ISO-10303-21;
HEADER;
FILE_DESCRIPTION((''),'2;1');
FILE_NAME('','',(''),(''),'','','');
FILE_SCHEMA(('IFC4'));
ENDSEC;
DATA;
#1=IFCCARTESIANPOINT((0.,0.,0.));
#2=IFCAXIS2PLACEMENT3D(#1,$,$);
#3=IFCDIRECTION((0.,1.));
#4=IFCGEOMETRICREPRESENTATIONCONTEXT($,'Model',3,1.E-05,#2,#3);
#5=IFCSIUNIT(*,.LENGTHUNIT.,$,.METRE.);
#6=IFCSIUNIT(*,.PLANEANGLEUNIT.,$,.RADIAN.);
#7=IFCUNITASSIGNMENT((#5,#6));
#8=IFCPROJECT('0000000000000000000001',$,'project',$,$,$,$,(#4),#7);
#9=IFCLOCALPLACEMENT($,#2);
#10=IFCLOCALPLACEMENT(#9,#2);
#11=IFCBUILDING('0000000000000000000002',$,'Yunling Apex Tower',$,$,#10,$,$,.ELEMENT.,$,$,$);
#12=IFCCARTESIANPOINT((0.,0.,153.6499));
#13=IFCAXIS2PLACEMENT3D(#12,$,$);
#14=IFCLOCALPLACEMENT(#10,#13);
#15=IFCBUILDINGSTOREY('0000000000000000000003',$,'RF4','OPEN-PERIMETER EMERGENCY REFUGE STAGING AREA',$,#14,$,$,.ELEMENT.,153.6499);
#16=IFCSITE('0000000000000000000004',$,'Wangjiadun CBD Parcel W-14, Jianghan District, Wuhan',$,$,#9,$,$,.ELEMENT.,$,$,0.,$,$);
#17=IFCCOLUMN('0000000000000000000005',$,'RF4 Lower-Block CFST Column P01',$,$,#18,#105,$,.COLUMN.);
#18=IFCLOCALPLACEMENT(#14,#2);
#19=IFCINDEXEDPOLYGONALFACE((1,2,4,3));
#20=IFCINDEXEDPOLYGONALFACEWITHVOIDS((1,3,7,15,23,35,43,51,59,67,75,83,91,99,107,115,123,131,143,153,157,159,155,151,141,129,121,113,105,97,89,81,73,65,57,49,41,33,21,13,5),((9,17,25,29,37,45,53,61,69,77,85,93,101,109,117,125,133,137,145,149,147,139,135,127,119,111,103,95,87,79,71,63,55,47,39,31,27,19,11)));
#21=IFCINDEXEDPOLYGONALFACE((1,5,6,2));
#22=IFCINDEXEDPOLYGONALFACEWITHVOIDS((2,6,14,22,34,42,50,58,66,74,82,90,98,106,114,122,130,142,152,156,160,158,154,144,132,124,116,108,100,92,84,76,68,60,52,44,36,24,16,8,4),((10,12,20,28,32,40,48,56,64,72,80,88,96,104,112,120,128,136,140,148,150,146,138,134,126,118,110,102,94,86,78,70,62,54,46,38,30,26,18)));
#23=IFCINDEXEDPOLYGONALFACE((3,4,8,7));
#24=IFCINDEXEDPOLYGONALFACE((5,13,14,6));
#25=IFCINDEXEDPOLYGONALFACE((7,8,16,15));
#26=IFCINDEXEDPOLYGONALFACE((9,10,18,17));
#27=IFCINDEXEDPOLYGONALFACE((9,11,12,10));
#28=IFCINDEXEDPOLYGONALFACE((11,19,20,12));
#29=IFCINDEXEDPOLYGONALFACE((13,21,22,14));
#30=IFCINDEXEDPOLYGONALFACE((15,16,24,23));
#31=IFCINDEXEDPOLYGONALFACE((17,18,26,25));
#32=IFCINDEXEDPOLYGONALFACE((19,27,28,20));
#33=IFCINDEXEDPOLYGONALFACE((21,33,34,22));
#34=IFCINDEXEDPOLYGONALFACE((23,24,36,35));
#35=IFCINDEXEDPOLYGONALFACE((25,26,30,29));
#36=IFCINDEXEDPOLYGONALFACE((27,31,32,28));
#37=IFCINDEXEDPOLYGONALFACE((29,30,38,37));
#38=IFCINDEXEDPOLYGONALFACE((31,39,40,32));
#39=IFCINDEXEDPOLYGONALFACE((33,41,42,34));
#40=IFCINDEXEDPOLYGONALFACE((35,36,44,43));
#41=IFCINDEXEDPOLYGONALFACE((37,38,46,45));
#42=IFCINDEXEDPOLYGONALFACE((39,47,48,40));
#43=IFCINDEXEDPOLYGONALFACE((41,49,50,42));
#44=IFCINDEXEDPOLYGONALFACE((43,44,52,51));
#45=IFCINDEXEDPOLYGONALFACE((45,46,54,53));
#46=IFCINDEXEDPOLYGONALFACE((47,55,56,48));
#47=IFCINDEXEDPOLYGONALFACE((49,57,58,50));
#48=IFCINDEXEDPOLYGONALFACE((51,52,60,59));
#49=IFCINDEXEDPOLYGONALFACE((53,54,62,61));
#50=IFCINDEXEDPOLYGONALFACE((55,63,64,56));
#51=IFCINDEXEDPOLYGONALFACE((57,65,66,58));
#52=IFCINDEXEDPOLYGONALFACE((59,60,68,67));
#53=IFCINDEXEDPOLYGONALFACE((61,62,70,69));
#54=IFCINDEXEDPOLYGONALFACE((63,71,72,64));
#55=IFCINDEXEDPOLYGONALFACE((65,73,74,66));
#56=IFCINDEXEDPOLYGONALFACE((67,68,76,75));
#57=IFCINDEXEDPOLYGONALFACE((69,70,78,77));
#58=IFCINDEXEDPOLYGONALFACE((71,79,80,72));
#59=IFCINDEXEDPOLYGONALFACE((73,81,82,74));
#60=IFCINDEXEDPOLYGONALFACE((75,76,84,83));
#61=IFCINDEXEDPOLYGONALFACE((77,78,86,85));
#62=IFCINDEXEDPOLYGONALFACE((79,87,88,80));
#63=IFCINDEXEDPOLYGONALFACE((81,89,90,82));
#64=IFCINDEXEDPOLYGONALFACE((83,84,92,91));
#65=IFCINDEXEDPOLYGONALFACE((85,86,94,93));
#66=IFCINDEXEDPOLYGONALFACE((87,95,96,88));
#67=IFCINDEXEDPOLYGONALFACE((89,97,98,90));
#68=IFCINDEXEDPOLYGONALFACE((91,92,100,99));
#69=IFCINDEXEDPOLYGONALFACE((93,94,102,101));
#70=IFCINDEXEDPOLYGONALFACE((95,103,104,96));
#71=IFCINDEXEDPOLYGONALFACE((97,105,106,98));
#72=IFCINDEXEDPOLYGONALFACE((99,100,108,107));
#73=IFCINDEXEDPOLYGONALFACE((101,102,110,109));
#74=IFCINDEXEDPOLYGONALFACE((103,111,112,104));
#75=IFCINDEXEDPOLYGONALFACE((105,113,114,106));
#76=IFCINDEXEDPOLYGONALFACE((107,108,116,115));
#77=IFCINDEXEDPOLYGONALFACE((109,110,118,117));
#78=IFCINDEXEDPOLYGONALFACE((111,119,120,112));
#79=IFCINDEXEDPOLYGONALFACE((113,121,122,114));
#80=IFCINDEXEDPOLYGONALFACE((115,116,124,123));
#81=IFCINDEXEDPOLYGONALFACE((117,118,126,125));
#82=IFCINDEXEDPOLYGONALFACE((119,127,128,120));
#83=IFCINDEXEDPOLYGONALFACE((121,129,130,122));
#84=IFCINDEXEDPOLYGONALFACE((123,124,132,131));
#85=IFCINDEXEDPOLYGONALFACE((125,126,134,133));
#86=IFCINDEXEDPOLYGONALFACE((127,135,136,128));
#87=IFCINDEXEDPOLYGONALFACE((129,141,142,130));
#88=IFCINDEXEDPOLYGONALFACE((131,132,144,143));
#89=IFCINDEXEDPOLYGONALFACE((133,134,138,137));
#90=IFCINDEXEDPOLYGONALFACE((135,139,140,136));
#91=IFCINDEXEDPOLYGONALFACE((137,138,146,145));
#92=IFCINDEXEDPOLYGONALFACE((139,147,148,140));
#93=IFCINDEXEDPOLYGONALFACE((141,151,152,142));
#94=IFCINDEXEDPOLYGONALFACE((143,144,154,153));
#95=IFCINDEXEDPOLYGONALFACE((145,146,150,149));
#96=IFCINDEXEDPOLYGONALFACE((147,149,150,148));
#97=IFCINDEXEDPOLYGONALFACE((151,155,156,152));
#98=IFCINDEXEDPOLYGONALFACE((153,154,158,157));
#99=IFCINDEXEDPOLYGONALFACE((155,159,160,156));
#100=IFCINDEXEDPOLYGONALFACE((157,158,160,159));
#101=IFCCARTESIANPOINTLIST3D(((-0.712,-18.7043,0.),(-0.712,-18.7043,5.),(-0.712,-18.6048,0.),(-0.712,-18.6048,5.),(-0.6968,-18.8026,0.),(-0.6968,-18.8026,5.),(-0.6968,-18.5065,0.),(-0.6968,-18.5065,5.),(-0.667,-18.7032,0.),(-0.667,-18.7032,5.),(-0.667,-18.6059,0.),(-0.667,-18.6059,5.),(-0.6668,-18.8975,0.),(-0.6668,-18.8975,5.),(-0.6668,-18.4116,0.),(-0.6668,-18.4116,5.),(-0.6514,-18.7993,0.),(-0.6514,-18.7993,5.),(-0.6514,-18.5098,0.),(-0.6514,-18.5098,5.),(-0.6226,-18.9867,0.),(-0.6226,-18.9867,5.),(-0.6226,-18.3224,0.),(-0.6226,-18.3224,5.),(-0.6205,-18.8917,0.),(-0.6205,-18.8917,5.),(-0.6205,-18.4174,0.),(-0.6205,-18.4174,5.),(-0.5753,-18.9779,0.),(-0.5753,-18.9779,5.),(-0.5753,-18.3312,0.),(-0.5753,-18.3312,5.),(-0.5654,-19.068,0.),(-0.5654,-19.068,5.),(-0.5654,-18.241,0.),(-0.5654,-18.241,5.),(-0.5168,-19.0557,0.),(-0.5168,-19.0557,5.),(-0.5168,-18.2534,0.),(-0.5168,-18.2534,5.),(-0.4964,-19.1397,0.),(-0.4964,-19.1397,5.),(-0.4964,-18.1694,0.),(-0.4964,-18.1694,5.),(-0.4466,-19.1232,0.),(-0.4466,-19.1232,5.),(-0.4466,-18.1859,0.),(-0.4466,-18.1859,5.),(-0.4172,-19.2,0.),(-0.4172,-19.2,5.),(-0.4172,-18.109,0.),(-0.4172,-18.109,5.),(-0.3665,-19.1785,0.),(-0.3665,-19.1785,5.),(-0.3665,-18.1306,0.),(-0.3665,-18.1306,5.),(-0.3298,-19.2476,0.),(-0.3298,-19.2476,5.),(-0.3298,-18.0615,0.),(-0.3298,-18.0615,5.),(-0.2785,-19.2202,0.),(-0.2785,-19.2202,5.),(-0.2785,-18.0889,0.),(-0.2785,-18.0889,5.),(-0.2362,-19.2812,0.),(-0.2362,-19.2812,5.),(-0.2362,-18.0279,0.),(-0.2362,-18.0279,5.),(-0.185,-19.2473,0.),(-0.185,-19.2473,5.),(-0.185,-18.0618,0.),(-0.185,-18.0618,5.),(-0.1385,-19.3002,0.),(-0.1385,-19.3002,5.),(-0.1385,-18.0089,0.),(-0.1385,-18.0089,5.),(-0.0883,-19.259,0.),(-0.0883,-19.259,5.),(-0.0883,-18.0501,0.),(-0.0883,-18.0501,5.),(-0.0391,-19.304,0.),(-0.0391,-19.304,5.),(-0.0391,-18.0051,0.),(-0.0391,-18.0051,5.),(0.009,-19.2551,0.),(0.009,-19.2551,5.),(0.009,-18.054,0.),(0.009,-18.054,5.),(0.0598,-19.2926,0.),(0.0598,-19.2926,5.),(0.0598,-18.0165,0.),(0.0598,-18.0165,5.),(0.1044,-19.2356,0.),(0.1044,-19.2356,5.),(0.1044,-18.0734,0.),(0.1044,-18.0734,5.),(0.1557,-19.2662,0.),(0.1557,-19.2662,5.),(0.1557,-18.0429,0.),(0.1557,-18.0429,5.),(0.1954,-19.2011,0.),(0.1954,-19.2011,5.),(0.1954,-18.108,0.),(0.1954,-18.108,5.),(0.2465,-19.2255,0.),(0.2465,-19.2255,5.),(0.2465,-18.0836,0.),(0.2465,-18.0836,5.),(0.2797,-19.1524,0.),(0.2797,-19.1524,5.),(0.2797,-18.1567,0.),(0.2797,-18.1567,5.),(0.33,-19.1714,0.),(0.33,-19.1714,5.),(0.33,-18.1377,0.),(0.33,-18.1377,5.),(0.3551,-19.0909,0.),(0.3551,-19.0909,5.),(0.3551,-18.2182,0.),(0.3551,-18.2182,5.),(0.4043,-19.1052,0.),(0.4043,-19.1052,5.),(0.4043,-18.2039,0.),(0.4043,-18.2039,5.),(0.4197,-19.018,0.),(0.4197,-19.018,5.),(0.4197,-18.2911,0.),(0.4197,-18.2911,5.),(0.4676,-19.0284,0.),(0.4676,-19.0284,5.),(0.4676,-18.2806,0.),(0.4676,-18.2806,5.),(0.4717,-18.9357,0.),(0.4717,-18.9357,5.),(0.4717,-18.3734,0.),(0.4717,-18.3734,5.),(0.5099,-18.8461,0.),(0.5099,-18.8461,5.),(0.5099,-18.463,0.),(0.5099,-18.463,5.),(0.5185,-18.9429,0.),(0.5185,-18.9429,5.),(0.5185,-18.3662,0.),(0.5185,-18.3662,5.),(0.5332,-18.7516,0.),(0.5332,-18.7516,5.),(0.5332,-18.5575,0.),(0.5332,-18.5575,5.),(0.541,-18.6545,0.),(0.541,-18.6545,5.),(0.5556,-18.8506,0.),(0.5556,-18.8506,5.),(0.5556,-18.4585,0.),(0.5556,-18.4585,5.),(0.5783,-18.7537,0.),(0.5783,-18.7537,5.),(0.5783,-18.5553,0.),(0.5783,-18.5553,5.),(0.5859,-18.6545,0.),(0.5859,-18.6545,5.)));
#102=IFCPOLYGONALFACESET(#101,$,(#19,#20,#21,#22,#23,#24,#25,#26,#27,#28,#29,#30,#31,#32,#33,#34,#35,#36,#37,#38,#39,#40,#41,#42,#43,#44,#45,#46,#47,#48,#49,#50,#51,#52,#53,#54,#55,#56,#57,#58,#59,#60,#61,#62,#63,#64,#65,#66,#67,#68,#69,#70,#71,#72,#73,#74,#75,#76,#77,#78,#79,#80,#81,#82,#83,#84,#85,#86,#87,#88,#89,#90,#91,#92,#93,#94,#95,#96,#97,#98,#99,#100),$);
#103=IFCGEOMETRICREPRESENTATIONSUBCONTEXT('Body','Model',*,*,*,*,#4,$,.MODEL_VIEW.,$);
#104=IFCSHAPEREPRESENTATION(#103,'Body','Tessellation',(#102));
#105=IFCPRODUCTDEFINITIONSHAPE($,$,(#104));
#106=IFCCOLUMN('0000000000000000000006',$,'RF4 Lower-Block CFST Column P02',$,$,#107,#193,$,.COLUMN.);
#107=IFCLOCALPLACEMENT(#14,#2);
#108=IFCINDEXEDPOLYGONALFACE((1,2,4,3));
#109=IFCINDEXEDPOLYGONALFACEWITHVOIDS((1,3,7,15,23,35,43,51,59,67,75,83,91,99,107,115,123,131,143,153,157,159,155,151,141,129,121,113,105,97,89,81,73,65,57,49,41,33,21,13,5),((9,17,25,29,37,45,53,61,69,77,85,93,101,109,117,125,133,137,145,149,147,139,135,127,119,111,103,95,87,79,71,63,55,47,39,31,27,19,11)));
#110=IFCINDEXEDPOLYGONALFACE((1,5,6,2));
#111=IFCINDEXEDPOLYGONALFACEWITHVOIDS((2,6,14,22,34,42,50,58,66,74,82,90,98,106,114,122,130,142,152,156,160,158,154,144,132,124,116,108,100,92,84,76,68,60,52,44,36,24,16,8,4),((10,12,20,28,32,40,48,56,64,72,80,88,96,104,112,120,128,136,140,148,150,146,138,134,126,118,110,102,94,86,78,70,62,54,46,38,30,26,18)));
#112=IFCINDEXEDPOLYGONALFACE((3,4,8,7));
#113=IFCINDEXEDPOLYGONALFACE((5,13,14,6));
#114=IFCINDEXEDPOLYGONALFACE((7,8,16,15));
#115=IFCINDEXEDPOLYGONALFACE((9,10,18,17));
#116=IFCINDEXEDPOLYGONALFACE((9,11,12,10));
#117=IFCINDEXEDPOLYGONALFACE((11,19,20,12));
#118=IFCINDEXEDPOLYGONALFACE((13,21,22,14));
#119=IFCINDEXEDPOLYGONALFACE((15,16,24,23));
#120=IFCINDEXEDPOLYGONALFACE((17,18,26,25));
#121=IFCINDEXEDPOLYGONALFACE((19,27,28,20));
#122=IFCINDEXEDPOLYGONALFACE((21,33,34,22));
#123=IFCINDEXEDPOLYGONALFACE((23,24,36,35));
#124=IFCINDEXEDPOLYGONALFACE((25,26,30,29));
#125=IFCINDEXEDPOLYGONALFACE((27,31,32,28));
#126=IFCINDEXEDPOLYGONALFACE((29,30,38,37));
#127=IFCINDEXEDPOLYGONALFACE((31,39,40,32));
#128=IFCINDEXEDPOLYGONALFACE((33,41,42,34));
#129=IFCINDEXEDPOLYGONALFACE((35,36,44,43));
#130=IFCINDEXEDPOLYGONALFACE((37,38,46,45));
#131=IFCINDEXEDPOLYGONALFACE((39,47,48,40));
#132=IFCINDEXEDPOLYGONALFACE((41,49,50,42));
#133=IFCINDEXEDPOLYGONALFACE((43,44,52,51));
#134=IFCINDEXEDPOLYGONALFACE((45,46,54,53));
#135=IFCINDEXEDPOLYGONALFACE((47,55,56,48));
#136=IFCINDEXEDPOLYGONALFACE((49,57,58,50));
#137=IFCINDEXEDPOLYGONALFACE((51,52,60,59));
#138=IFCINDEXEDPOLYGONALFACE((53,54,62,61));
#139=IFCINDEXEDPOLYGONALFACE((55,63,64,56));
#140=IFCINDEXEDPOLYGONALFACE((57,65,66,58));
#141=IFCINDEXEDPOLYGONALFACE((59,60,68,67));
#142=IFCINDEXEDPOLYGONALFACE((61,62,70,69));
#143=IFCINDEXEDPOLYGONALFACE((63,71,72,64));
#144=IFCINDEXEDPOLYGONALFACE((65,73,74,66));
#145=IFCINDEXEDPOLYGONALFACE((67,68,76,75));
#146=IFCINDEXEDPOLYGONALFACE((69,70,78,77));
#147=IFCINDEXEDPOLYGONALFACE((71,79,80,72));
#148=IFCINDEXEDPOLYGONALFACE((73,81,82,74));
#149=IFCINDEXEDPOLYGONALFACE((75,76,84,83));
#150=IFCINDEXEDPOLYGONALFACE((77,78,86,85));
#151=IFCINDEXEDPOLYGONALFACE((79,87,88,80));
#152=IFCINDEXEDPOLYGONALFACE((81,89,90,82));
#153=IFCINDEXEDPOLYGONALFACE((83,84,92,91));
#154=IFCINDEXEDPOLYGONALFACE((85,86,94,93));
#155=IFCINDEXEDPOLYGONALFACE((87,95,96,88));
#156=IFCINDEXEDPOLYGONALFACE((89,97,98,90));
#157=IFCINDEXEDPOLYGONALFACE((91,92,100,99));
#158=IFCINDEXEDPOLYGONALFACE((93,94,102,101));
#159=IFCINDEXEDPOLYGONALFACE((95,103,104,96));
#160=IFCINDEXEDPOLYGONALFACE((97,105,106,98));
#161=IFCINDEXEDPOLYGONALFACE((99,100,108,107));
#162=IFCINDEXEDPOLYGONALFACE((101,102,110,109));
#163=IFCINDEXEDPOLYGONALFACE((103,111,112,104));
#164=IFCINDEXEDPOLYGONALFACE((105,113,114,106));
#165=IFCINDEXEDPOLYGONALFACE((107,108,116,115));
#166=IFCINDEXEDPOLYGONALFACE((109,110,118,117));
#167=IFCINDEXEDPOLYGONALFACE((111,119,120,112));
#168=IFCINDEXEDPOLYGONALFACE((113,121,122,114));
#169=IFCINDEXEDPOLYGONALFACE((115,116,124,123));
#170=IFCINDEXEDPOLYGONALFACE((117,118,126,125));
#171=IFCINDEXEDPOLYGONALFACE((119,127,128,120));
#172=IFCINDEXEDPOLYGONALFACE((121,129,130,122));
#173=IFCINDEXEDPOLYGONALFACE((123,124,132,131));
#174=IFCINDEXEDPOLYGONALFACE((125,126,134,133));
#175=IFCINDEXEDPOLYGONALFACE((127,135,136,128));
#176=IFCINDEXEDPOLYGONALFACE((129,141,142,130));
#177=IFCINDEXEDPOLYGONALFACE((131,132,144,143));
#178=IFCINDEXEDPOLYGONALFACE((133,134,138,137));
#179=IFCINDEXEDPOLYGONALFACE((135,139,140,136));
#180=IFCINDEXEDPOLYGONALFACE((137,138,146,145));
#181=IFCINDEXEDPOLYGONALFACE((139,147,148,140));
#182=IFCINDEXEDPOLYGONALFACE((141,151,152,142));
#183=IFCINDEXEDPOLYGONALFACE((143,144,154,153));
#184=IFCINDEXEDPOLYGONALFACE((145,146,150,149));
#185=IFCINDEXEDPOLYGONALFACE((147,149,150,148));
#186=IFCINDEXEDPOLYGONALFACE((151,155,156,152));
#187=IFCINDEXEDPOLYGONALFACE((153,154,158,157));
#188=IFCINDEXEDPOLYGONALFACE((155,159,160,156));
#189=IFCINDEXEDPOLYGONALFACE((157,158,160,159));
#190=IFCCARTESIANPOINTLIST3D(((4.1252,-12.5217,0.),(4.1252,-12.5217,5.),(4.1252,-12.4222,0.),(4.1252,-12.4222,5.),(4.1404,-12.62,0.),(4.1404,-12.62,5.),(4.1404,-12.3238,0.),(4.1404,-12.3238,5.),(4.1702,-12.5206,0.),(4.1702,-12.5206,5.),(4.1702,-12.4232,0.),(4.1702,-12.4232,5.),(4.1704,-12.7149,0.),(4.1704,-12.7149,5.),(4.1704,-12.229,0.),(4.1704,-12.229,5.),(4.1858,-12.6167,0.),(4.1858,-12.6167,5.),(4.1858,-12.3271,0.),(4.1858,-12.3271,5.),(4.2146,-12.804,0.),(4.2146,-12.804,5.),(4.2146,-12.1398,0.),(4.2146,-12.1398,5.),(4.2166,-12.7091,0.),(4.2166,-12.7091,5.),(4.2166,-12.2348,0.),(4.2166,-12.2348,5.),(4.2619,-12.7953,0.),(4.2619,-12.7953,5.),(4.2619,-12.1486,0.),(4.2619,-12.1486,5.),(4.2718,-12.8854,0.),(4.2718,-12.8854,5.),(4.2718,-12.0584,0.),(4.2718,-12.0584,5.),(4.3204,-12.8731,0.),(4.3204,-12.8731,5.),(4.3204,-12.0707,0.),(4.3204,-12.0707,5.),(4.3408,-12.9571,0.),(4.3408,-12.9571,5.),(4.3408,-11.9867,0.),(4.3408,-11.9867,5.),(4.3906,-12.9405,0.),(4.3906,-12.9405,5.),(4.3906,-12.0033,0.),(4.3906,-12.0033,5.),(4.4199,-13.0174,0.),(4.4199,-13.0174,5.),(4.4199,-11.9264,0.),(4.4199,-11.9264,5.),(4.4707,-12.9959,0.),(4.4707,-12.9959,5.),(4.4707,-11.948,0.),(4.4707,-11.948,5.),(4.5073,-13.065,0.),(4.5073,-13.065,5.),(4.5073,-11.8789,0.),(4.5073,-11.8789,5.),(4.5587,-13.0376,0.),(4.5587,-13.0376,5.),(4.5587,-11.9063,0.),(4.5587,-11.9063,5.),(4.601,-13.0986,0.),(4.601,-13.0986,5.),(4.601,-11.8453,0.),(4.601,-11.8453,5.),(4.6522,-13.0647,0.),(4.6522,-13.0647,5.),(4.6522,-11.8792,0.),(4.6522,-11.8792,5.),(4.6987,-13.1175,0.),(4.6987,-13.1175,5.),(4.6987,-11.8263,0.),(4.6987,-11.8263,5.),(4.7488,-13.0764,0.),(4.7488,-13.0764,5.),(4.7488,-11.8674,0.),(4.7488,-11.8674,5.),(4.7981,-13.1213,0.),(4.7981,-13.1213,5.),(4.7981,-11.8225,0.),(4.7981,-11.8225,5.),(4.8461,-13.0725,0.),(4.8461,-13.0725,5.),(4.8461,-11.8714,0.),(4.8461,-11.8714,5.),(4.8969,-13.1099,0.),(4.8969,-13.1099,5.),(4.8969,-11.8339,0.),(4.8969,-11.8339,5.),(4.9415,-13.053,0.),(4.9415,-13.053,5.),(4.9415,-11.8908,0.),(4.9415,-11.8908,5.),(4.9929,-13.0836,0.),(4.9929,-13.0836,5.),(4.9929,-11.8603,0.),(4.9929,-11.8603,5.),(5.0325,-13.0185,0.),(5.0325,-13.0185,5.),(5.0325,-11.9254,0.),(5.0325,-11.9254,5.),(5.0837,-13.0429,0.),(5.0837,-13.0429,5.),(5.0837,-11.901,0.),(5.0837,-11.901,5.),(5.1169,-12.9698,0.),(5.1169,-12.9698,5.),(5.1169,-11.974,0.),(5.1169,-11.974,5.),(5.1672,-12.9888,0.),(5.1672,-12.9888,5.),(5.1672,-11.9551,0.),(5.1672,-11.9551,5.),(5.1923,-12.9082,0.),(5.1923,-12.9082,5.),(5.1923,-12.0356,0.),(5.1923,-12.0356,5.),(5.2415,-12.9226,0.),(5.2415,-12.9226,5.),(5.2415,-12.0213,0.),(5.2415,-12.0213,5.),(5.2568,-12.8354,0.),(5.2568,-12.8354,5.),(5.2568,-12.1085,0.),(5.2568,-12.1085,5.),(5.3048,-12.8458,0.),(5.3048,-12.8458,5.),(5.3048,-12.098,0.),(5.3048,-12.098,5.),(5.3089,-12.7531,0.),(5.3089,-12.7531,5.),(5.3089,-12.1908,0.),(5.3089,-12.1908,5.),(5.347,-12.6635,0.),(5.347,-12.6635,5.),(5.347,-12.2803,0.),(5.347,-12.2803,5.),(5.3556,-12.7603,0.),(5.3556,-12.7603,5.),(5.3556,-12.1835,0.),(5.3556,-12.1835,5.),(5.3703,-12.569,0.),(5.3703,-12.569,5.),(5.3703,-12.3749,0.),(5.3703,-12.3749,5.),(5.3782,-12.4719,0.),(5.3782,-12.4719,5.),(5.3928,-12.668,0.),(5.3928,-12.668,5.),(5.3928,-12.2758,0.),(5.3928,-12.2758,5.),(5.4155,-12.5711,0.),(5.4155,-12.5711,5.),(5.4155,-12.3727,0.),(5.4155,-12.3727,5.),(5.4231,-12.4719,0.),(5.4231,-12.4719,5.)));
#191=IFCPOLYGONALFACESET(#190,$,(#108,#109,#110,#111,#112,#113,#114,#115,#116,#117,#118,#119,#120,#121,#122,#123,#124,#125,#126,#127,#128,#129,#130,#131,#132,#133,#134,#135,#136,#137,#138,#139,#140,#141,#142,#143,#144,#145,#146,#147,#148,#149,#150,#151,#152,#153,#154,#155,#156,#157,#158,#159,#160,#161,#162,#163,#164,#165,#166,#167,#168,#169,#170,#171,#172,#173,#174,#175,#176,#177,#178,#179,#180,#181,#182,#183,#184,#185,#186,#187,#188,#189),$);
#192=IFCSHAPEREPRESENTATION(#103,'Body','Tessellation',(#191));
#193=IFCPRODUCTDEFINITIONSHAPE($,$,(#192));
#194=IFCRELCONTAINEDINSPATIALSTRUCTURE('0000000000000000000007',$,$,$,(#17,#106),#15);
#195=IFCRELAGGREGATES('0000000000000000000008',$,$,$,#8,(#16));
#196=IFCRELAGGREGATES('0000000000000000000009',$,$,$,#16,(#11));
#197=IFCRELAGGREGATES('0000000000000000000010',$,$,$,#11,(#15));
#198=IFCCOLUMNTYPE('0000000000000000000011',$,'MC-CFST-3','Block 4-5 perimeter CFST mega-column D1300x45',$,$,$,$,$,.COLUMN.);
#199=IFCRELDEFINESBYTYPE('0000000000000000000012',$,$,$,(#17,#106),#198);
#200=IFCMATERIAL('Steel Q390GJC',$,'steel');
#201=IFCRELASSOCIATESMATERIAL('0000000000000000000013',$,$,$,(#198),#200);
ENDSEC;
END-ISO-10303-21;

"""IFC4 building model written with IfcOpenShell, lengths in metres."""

from ifc_helpers import new_model, si_unit, direction, frame, origin, origin_2d, place, context, subcontext, project, spatial, hollow_circle, extrude, source, transform, mapped, material, material_profile, profile_set, type_object, element, save


model = new_model("IFC4")

# Units and contexts
model_context = context("Model", 3, precision=1e-05, world=origin(), true_north=direction((0.0, 1.0)))
body_context = subcontext(model_context, "Body", "Model", "MODEL_VIEW")
ifc_project = project(units=[si_unit("LENGTHUNIT", "METRE"), si_unit("PLANEANGLEUNIT", "RADIAN")], contexts=[model_context])

# Site, building, storey
site_placement = place(None, origin())
site = spatial("IfcSite", under=ifc_project, at=site_placement, Name="Wangjiadun CBD Parcel W-14, Jianghan District, Wuhan", CompositionType="ELEMENT", RefElevation=0.0)
building_placement = place(site_placement, origin())
building = spatial("IfcBuilding", under=site, at=building_placement, Name="Yunling Apex Tower", CompositionType="ELEMENT")
storey_placement = place(building_placement, frame((0.0, 0.0, 153.6499)))
storey = spatial("IfcBuildingStorey", under=building, at=storey_placement, Name="RF4", Description="OPEN-PERIMETER EMERGENCY REFUGE STAGING AREA", CompositionType="ELEMENT", Elevation=153.6499)

# Columns
ifc_material_1 = material(Name="Steel Q390GJC", Category="steel")
ifc_material_profile_1 = material_profile(ifc_material_1, hollow_circle(Radius=0.6499, WallThickness=0.0449, at=origin_2d()))
ifc_profile_set_1 = profile_set([ifc_material_profile_1], Name="Steel Q390GJC")
column_type = type_object("IfcColumnType", Name="MC-CFST-3", Description="Block 4-5 perimeter CFST mega-column D1300x45", PredefinedType="COLUMN", material=ifc_profile_set_1)
shared_shape_1 = source(origin(), body_context, "Body", "SweptSolid", [
    extrude(hollow_circle(Radius=0.6499, WallThickness=0.0449, at=origin_2d()), origin(), (0.0, 0.0, 1.0), 5.0),
])
for number, where, z_axis, x_axis, name in (
    (1, (-0.064, -18.6545, 0.0), (0.0, 0.0, 1.0), (1.0, 0.0, 0.0), "RF4 Lower-Block CFST Column P01"),
    (2, (4.7732, -12.4719, 0.0), (0.0, 0.0, 1.0), (1.0, 0.0, 0.0), "RF4 Lower-Block CFST Column P02"),
):
    element("IfcColumn", number, at=place(storey_placement, frame(where, z_axis=z_axis, x_axis=x_axis)), inside=storey, type_object=column_type, Name=name, PredefinedType="COLUMN", context=body_context, shape_type="MappedRepresentation", body=[
        mapped(shared_shape_1, transform((0.0, 0.0, 0.0), scale=1.0)),
    ])

save(model, "model.ifc")
